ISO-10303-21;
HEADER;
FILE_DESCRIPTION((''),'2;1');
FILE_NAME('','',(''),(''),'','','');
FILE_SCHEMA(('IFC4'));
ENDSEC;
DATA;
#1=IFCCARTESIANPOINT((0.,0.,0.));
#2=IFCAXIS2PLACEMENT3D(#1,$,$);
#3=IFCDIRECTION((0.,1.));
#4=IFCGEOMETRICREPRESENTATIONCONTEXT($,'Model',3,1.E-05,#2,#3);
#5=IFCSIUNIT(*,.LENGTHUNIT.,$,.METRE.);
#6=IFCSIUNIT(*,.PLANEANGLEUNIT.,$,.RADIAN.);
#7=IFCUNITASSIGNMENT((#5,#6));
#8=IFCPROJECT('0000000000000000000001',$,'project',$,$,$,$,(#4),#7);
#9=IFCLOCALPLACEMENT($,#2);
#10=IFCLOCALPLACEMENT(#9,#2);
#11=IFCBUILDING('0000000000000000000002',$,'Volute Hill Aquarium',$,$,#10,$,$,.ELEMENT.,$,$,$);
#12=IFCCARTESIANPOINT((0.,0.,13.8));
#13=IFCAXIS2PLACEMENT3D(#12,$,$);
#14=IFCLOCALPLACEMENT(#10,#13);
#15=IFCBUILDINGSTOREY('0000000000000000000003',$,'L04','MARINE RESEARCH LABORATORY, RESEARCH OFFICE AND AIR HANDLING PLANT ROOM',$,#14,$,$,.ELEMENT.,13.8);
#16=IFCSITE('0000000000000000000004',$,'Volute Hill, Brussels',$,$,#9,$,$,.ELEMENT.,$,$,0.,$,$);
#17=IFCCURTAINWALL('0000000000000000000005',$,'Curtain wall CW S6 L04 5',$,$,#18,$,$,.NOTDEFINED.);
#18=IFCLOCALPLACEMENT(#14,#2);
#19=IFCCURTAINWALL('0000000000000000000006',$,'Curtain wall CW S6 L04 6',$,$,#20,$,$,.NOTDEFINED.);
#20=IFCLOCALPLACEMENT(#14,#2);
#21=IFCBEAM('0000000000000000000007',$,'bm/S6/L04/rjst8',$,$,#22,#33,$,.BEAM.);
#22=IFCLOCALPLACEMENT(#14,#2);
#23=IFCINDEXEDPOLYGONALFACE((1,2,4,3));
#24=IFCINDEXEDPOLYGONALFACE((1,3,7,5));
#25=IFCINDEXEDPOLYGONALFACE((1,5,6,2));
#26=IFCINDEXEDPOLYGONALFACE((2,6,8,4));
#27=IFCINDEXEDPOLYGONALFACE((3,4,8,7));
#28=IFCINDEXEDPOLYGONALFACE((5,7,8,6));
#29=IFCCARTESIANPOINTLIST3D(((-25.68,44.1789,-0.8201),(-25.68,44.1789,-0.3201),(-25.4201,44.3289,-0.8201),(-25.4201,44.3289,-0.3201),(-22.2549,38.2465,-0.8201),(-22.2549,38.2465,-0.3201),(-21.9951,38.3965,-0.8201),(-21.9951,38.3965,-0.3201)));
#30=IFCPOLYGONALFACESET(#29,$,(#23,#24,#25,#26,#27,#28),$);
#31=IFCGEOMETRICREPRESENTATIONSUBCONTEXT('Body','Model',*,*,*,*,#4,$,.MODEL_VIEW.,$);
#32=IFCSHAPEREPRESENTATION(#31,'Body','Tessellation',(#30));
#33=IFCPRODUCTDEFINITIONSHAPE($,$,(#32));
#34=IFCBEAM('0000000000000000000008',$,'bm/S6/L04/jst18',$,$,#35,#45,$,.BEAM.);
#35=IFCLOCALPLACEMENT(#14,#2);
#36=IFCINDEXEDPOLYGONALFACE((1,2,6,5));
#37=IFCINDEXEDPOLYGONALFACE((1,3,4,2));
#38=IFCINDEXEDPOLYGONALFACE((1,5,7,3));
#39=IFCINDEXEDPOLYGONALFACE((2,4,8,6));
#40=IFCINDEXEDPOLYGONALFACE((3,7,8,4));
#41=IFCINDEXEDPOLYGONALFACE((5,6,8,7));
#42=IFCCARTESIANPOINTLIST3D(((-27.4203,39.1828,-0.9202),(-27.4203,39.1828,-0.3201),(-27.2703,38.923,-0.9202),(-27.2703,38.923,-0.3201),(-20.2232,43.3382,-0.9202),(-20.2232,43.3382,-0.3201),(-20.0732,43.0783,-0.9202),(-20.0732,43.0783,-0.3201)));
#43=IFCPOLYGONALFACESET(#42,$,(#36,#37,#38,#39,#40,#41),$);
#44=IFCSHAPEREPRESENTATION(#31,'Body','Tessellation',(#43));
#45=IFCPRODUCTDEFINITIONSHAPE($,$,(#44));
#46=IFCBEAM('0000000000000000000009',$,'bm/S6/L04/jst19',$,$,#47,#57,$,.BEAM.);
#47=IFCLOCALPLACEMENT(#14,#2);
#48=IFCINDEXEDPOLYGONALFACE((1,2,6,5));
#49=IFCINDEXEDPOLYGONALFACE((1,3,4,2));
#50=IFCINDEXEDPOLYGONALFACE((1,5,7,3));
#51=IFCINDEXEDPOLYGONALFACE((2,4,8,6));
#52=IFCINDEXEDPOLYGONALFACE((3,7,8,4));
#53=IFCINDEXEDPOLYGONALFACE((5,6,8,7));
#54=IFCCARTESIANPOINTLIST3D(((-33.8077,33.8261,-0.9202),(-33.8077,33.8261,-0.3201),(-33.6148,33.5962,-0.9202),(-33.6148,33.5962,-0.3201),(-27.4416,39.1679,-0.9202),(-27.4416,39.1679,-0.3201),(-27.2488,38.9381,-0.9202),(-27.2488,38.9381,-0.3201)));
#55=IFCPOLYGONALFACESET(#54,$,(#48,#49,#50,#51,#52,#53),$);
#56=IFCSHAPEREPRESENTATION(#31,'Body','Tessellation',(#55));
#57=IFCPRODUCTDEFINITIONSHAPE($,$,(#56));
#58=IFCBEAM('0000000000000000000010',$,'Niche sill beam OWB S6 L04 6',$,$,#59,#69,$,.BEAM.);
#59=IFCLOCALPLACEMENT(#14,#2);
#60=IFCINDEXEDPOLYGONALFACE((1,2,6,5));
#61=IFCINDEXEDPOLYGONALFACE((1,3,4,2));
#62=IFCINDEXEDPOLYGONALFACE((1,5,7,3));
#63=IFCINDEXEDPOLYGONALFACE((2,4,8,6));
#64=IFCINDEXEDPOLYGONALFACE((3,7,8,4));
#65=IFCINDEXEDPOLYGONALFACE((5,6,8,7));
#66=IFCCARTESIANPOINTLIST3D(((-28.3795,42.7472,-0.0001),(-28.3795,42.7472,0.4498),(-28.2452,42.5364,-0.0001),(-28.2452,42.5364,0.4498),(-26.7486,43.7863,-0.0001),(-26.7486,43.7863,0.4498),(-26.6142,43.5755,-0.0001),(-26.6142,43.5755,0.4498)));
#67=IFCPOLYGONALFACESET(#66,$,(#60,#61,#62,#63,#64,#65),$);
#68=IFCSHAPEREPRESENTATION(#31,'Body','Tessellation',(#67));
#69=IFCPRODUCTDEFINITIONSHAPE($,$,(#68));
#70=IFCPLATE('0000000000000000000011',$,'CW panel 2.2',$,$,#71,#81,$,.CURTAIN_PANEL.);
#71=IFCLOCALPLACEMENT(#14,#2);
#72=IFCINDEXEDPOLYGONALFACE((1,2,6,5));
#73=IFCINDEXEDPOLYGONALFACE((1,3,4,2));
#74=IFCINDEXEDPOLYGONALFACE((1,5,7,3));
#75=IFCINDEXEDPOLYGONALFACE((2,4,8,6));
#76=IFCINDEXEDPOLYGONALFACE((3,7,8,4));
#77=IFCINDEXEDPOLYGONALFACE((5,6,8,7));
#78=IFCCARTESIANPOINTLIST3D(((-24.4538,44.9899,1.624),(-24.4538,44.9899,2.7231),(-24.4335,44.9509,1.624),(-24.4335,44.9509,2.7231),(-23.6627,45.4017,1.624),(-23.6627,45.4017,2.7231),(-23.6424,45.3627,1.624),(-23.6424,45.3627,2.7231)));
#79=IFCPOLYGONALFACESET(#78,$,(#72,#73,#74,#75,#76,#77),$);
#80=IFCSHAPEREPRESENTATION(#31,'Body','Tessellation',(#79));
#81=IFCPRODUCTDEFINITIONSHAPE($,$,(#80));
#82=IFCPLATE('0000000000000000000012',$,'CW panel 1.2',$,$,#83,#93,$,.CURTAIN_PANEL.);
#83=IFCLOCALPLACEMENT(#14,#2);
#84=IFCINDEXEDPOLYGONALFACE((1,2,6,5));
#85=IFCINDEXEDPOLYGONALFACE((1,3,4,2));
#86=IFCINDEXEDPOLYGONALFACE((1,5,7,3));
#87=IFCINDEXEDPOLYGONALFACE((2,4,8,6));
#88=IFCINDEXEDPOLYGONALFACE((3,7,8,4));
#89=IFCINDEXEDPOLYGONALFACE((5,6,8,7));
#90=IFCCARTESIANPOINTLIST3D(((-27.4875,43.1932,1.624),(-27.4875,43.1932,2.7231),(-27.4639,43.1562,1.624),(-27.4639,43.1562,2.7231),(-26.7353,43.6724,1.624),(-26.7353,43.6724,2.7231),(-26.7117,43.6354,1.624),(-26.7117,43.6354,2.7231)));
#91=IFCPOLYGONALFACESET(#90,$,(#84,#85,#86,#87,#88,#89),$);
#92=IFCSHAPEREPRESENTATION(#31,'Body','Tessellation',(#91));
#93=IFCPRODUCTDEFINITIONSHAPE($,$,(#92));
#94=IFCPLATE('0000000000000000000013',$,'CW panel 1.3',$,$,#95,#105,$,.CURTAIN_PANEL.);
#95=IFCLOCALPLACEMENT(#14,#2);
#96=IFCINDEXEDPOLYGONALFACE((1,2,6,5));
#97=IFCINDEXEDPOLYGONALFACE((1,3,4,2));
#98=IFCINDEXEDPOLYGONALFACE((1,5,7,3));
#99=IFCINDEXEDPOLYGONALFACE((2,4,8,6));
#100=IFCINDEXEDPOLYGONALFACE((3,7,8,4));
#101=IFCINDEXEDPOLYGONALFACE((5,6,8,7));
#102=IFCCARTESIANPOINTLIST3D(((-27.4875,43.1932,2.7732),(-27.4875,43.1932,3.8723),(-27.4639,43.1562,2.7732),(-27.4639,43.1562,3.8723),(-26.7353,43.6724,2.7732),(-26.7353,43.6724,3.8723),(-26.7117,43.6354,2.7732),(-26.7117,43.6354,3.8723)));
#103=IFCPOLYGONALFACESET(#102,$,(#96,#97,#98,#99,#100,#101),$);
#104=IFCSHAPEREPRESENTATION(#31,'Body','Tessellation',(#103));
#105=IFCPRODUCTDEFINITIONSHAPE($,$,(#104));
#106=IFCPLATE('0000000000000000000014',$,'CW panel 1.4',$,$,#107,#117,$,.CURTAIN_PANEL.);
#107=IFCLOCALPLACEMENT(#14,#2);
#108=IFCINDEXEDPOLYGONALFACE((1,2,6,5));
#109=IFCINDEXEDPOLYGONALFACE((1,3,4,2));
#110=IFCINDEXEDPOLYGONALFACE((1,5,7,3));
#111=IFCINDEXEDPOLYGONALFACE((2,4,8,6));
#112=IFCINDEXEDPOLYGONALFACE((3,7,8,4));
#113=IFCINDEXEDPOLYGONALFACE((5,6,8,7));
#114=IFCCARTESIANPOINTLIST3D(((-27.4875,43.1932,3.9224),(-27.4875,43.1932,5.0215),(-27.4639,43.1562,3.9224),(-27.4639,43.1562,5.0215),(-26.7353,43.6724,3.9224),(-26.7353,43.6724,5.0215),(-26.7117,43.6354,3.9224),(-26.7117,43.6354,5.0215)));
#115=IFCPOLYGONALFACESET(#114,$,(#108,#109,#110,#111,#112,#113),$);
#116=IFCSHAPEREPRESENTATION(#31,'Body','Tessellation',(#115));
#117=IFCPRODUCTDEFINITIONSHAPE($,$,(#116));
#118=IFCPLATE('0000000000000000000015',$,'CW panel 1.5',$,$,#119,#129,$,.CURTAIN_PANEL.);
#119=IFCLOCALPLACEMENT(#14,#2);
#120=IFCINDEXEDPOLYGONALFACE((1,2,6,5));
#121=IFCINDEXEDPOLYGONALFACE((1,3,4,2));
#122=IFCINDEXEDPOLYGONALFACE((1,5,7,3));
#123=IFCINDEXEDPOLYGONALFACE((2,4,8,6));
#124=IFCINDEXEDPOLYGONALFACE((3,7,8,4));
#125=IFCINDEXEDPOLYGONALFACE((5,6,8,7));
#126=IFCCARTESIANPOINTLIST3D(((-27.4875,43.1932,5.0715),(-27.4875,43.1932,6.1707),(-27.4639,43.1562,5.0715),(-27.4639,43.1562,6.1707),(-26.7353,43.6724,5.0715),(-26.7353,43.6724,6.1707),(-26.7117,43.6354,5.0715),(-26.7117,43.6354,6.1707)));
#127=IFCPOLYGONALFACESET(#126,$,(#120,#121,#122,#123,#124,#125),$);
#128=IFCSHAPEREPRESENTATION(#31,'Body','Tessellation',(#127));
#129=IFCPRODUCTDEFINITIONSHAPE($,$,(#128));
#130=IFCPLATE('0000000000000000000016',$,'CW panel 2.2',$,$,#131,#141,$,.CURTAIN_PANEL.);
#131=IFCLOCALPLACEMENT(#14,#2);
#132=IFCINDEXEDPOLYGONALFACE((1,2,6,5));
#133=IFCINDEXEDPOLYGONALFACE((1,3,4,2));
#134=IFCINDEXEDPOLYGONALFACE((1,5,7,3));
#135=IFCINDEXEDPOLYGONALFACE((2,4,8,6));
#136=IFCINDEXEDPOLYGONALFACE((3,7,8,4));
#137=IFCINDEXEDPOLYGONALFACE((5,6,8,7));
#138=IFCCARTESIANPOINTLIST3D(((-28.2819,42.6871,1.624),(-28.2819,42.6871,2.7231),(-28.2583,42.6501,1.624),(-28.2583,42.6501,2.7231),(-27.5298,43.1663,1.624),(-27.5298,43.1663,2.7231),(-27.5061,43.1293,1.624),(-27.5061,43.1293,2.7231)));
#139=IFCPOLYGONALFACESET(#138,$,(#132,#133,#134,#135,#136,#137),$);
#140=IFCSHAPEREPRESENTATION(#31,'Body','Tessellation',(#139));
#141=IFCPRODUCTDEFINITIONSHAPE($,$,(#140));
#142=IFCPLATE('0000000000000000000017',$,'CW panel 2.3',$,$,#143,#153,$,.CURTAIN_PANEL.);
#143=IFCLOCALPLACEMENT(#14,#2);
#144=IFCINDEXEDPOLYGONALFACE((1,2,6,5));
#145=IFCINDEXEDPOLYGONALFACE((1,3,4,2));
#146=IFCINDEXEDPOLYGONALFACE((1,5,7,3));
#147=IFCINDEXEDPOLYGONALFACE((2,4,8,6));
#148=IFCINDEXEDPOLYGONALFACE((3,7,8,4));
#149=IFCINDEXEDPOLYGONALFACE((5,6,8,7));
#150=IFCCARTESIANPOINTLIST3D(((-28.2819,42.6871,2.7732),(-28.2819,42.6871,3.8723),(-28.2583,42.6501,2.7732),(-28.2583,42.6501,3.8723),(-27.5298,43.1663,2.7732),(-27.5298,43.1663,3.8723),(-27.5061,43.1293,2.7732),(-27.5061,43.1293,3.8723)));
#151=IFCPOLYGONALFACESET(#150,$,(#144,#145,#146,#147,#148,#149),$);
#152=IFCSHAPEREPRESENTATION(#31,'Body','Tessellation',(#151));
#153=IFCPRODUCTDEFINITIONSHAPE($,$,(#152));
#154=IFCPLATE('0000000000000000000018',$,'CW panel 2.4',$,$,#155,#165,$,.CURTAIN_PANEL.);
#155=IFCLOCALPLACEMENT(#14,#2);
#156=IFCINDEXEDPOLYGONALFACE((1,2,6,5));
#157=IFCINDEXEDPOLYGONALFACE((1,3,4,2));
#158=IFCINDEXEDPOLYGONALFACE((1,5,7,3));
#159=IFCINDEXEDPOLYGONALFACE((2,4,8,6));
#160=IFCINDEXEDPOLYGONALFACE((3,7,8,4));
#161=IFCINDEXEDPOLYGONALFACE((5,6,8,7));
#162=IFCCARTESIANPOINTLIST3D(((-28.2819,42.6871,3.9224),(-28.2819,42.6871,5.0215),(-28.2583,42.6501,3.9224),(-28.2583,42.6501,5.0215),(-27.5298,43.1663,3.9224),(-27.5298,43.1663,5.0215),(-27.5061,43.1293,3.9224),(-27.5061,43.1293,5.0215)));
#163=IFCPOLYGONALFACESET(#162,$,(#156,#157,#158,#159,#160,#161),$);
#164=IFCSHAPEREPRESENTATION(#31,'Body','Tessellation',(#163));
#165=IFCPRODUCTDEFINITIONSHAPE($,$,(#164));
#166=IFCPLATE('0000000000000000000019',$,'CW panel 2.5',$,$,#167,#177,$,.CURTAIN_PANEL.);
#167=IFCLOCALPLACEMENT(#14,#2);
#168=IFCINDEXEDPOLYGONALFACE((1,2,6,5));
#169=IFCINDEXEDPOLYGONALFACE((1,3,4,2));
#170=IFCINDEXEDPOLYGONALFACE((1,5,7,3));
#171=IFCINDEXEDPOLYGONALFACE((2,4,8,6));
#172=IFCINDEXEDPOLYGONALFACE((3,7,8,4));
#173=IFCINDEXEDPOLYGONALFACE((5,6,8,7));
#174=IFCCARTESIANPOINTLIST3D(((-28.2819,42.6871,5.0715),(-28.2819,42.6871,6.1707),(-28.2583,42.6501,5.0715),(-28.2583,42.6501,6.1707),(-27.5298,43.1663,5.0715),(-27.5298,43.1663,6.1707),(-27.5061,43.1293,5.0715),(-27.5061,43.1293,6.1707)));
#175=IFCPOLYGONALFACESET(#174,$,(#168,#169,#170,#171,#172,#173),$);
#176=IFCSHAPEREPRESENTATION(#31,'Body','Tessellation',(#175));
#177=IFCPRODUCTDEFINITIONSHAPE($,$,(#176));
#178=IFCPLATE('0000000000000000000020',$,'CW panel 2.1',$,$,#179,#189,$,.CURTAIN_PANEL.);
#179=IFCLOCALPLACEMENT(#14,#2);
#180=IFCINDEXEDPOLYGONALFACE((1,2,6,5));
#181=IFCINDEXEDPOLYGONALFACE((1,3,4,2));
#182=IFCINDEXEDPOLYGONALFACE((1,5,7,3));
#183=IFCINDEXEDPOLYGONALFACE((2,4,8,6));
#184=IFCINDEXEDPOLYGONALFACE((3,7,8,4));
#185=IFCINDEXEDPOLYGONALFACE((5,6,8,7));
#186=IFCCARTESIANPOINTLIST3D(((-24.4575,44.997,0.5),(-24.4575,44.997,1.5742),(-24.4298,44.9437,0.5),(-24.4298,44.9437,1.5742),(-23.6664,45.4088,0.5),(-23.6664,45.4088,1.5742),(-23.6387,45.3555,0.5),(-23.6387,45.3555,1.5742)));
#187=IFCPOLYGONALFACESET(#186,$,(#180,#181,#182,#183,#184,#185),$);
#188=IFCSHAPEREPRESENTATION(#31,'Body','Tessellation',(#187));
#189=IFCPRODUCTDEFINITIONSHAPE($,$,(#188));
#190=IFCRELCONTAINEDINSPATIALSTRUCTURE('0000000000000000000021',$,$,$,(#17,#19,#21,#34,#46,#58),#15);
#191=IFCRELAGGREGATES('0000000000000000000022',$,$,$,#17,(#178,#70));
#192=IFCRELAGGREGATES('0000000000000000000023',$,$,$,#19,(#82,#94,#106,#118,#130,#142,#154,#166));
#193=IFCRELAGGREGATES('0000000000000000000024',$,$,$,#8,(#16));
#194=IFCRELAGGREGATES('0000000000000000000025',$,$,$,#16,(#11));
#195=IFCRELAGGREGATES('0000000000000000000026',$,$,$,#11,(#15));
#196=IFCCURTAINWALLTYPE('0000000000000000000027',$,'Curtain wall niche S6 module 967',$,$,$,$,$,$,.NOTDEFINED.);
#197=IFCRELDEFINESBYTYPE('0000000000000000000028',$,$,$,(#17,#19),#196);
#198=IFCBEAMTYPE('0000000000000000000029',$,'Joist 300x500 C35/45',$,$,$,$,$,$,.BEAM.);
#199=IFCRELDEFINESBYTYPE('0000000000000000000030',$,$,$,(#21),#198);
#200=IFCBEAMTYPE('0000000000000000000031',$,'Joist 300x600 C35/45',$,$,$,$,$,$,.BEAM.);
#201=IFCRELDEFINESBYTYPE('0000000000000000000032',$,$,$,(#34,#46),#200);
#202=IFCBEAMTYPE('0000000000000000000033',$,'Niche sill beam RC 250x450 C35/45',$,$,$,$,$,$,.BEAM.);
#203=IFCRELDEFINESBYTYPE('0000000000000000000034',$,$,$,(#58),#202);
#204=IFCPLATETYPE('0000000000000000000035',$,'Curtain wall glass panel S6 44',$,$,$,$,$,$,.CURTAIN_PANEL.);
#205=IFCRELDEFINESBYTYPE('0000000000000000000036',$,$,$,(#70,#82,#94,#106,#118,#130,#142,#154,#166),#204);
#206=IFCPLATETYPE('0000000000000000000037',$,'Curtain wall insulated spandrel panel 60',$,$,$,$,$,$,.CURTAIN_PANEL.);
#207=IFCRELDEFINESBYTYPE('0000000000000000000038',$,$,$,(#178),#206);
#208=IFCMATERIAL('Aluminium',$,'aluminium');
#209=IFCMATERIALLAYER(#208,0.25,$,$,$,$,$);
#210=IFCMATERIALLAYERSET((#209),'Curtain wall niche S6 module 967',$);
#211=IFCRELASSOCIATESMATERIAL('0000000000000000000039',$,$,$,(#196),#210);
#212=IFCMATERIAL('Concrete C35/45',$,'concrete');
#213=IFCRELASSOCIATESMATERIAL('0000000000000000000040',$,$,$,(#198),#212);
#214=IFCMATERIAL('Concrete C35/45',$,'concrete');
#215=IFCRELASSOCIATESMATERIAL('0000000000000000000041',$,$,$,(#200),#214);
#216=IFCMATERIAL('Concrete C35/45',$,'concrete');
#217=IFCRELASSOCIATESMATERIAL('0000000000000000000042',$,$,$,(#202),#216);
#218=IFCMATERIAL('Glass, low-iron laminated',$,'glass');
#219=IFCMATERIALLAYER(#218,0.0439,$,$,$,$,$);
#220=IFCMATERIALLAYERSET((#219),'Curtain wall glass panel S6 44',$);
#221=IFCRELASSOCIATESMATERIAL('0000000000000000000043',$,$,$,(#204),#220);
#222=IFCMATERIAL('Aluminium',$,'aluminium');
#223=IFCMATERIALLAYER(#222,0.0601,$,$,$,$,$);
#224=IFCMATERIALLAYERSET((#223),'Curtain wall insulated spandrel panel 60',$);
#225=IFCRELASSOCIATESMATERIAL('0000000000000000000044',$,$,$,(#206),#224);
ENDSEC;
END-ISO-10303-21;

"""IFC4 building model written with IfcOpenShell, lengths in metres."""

from ifc_helpers import new_model, si_unit, direction, frame, origin, origin_2d, place, context, subcontext, project, spatial, rectangle, extrude, material, layer, layer_set, material_profile, profile_set, type_object, element, aggregate, save


model = new_model("IFC4")

# Units and contexts
model_context = context("Model", 3, precision=1e-05, world=origin(), true_north=direction((0.0, 1.0)))
body_context = subcontext(model_context, "Body", "Model", "MODEL_VIEW")
ifc_project = project(units=[si_unit("LENGTHUNIT", "METRE"), si_unit("PLANEANGLEUNIT", "RADIAN")], contexts=[model_context])

# Site, building, storey
site_placement = place(None, origin())
site = spatial("IfcSite", under=ifc_project, at=site_placement, Name="Volute Hill, Brussels", CompositionType="ELEMENT", RefElevation=0.0)
building_placement = place(site_placement, origin())
building = spatial("IfcBuilding", under=site, at=building_placement, Name="Volute Hill Aquarium", CompositionType="ELEMENT")
storey_placement = place(building_placement, frame((0.0, 0.0, 13.8)))
storey = spatial("IfcBuildingStorey", under=building, at=storey_placement, Name="L04", Description="MARINE RESEARCH LABORATORY, RESEARCH OFFICE AND AIR HANDLING PLANT ROOM", CompositionType="ELEMENT", Elevation=13.8)

# Curtain wall
ifc_material_1 = material(Name="Aluminium", Category="aluminium")
ifc_layer_1 = layer(ifc_material_1, 0.25)
ifc_layer_set_1 = layer_set([ifc_layer_1], Name="Curtain wall niche S6 module 967")
curtain_wall_type = type_object("IfcCurtainWallType", Name="Curtain wall niche S6 module 967", PredefinedType="NOTDEFINED", material=ifc_layer_set_1)
curtain_wall_1_placement = place(storey_placement, origin())
curtain_wall_1 = element("IfcCurtainWall", 1, at=curtain_wall_1_placement, inside=storey, type_object=curtain_wall_type, Name="Curtain wall CW S6 L04 5", PredefinedType="NOTDEFINED")

# Curtain wall
curtain_wall_2_placement = place(storey_placement, origin())
curtain_wall_2 = element("IfcCurtainWall", 2, at=curtain_wall_2_placement, inside=storey, type_object=curtain_wall_type, Name="Curtain wall CW S6 L04 6", PredefinedType="NOTDEFINED")

# Beams
ifc_material_2 = material(Name="Concrete C35/45", Category="concrete")
ifc_material_profile_1 = material_profile(ifc_material_2, rectangle(XDim=0.3, YDim=0.5, at=origin_2d()), Name="RC joist 300x500")
ifc_profile_set_1 = profile_set([ifc_material_profile_1], Name="Concrete C35/45")
beam_type_1 = type_object("IfcBeamType", Name="Joist 300x500 C35/45", PredefinedType="BEAM", material=ifc_profile_set_1)
beam_1_placement = place(storey_placement, frame((-22.125, 38.3215, -0.5701), z_axis=(-0.499999, 0.866026, 0.0), x_axis=(-0.866026, -0.499999, 0.0)))
element("IfcBeam", 3, at=beam_1_placement, inside=storey, type_object=beam_type_1, Name="bm/S6/L04/rjst8", PredefinedType="BEAM", context=body_context, shape_type="SweptSolid", body=[
    extrude(rectangle(XDim=0.3, YDim=0.5, at=origin_2d()), origin(), (0.0, 0.0, 1.0), 6.8501),
])
ifc_material_3 = material(Name="Concrete C35/45", Category="concrete")
ifc_material_profile_2 = material_profile(ifc_material_3, rectangle(XDim=0.3, YDim=0.6001, at=origin_2d()), Name="RC joist 300x600")
ifc_profile_set_2 = profile_set([ifc_material_profile_2], Name="Concrete C35/45")
beam_type_2 = type_object("IfcBeamType", Name="Joist 300x600 C35/45", PredefinedType="BEAM", material=ifc_profile_set_2)
beam_2_placement = place(storey_placement, frame((-20.1482, 43.2083, -0.6201), z_axis=(-0.866022, -0.500006, 0.0), x_axis=(0.500006, -0.866022, 0.0)))
element("IfcBeam", 4, at=beam_2_placement, inside=storey, type_object=beam_type_2, Name="bm/S6/L04/jst18", PredefinedType="BEAM", context=body_context, shape_type="SweptSolid", body=[
    extrude(rectangle(XDim=0.3, YDim=0.6001, at=origin_2d()), origin(), (0.0, 0.0, 1.0), 8.3105),
])
beam_3_placement = place(storey_placement, frame((-27.3452, 39.053, -0.6201), z_axis=(-0.766038, -0.642796, 0.0), x_axis=(0.642796, -0.766038, 0.0)))
element("IfcBeam", 5, at=beam_3_placement, inside=storey, type_object=beam_type_2, Name="bm/S6/L04/jst19", PredefinedType="BEAM", context=body_context, shape_type="SweptSolid", body=[
    extrude(rectangle(XDim=0.3, YDim=0.6001, at=origin_2d()), origin(), (0.0, 0.0, 1.0), 8.3103),
])
ifc_material_4 = material(Name="Concrete C35/45", Category="concrete")
ifc_material_profile_3 = material_profile(ifc_material_4, rectangle(XDim=0.25, YDim=0.45, at=origin_2d()), Name="RC beam 250x450")
ifc_profile_set_3 = profile_set([ifc_material_profile_3], Name="Concrete C35/45")
beam_type_3 = type_object("IfcBeamType", Name="Niche sill beam RC 250x450 C35/45", PredefinedType="BEAM", material=ifc_profile_set_3)
beam_4_placement = place(storey_placement, frame((-26.6814, 43.6809, 0.2249), z_axis=(-0.84337, -0.537333, 0.0), x_axis=(0.537333, -0.84337, 0.0)))
element("IfcBeam", 6, at=beam_4_placement, inside=storey, type_object=beam_type_3, Name="Niche sill beam OWB S6 L04 6", PredefinedType="BEAM", context=body_context, shape_type="SweptSolid", body=[
    extrude(rectangle(XDim=0.25, YDim=0.45, at=origin_2d()), origin(), (0.0, 0.0, 1.0), 1.9338),
])

# Plates
ifc_material_5 = material(Name="Glass, low-iron laminated", Category="glass")
ifc_layer_2 = layer(ifc_material_5, 0.0439)
ifc_layer_set_2 = layer_set([ifc_layer_2], Name="Curtain wall glass panel S6 44")
plate_type_1 = type_object("IfcPlateType", Name="Curtain wall glass panel S6 44", PredefinedType="CURTAIN_PANEL", material=ifc_layer_set_2)
plate_1_placement = place(storey_placement, frame((-24.0481, 45.1763, 1.624), z_axis=(0.0, 0.0, 1.0), x_axis=(-0.887005, -0.46176, 0.0)))
plate_1 = element("IfcPlate", 7, at=plate_1_placement, type_object=plate_type_1, Name="CW panel 2.2", PredefinedType="CURTAIN_PANEL", context=body_context, shape_type="SweptSolid", body=[
    extrude(rectangle(XDim=0.8918, YDim=0.0439, at=origin_2d()), origin(), (0.0, 0.0, 1.0), 1.0991),
])
plate_2_placement = place(storey_placement, frame((-27.0996, 43.4143, 1.624), z_axis=(0.0, 0.0, 1.0), x_axis=(-0.843395, -0.537295, 0.0)))
plate_2 = element("IfcPlate", 8, at=plate_2_placement, type_object=plate_type_1, Name="CW panel 1.2", PredefinedType="CURTAIN_PANEL", context=body_context, shape_type="SweptSolid", body=[
    extrude(rectangle(XDim=0.8918, YDim=0.0439, at=origin_2d()), origin(), (0.0, 0.0, 1.0), 1.0991),
])
plate_3_placement = place(storey_placement, frame((-27.0996, 43.4143, 2.7732), z_axis=(0.0, 0.0, 1.0), x_axis=(-0.843395, -0.537295, 0.0)))
plate_3 = element("IfcPlate", 9, at=plate_3_placement, type_object=plate_type_1, Name="CW panel 1.3", PredefinedType="CURTAIN_PANEL", context=body_context, shape_type="SweptSolid", body=[
    extrude(rectangle(XDim=0.8918, YDim=0.0439, at=origin_2d()), origin(), (0.0, 0.0, 1.0), 1.0991),
])
plate_4_placement = place(storey_placement, frame((-27.0996, 43.4143, 3.9224), z_axis=(0.0, 0.0, 1.0), x_axis=(-0.843395, -0.537295, 0.0)))
plate_4 = element("IfcPlate", 10, at=plate_4_placement, type_object=plate_type_1, Name="CW panel 1.4", PredefinedType="CURTAIN_PANEL", context=body_context, shape_type="SweptSolid", body=[
    extrude(rectangle(XDim=0.8918, YDim=0.0439, at=origin_2d()), origin(), (0.0, 0.0, 1.0), 1.0991),
])
plate_5_placement = place(storey_placement, frame((-27.0996, 43.4143, 5.0715), z_axis=(0.0, 0.0, 1.0), x_axis=(-0.843395, -0.537295, 0.0)))
plate_5 = element("IfcPlate", 11, at=plate_5_placement, type_object=plate_type_1, Name="CW panel 1.5", PredefinedType="CURTAIN_PANEL", context=body_context, shape_type="SweptSolid", body=[
    extrude(rectangle(XDim=0.8918, YDim=0.0439, at=origin_2d()), origin(), (0.0, 0.0, 1.0), 1.0991),
])
plate_6_placement = place(storey_placement, frame((-27.894, 42.9082, 1.624), z_axis=(0.0, 0.0, 1.0), x_axis=(-0.843395, -0.537295, 0.0)))
plate_6 = element("IfcPlate", 12, at=plate_6_placement, type_object=plate_type_1, Name="CW panel 2.2", PredefinedType="CURTAIN_PANEL", context=body_context, shape_type="SweptSolid", body=[
    extrude(rectangle(XDim=0.8918, YDim=0.0439, at=origin_2d()), origin(), (0.0, 0.0, 1.0), 1.0991),
])
plate_7_placement = place(storey_placement, frame((-27.894, 42.9082, 2.7732), z_axis=(0.0, 0.0, 1.0), x_axis=(-0.843395, -0.537295, 0.0)))
plate_7 = element("IfcPlate", 13, at=plate_7_placement, type_object=plate_type_1, Name="CW panel 2.3", PredefinedType="CURTAIN_PANEL", context=body_context, shape_type="SweptSolid", body=[
    extrude(rectangle(XDim=0.8918, YDim=0.0439, at=origin_2d()), origin(), (0.0, 0.0, 1.0), 1.0991),
])
plate_8_placement = place(storey_placement, frame((-27.894, 42.9082, 3.9224), z_axis=(0.0, 0.0, 1.0), x_axis=(-0.843395, -0.537295, 0.0)))
plate_8 = element("IfcPlate", 14, at=plate_8_placement, type_object=plate_type_1, Name="CW panel 2.4", PredefinedType="CURTAIN_PANEL", context=body_context, shape_type="SweptSolid", body=[
    extrude(rectangle(XDim=0.8918, YDim=0.0439, at=origin_2d()), origin(), (0.0, 0.0, 1.0), 1.0991),
])
plate_9_placement = place(storey_placement, frame((-27.894, 42.9082, 5.0715), z_axis=(0.0, 0.0, 1.0), x_axis=(-0.843395, -0.537295, 0.0)))
plate_9 = element("IfcPlate", 15, at=plate_9_placement, type_object=plate_type_1, Name="CW panel 2.5", PredefinedType="CURTAIN_PANEL", context=body_context, shape_type="SweptSolid", body=[
    extrude(rectangle(XDim=0.8918, YDim=0.0439, at=origin_2d()), origin(), (0.0, 0.0, 1.0), 1.0991),
])
ifc_material_6 = material(Name="Aluminium", Category="aluminium")
ifc_layer_3 = layer(ifc_material_6, 0.0601)
ifc_layer_set_3 = layer_set([ifc_layer_3], Name="Curtain wall insulated spandrel panel 60")
plate_type_2 = type_object("IfcPlateType", Name="Curtain wall insulated spandrel panel 60", PredefinedType="CURTAIN_PANEL", material=ifc_layer_set_3)
plate_10_placement = place(storey_placement, frame((-24.0481, 45.1763, 0.5), z_axis=(0.0, 0.0, 1.0), x_axis=(-0.887005, -0.46176, 0.0)))
plate_10 = element("IfcPlate", 16, at=plate_10_placement, type_object=plate_type_2, Name="CW panel 2.1", PredefinedType="CURTAIN_PANEL", context=body_context, shape_type="SweptSolid", body=[
    extrude(rectangle(XDim=0.8918, YDim=0.0601, at=origin_2d()), origin(), (0.0, 0.0, 1.0), 1.0742),
])
aggregate(curtain_wall_1, [plate_10, plate_1])
aggregate(curtain_wall_2, [plate_2, plate_3, plate_4, plate_5, plate_6, plate_7, plate_8, plate_9])

save(model, "model.ifc")
